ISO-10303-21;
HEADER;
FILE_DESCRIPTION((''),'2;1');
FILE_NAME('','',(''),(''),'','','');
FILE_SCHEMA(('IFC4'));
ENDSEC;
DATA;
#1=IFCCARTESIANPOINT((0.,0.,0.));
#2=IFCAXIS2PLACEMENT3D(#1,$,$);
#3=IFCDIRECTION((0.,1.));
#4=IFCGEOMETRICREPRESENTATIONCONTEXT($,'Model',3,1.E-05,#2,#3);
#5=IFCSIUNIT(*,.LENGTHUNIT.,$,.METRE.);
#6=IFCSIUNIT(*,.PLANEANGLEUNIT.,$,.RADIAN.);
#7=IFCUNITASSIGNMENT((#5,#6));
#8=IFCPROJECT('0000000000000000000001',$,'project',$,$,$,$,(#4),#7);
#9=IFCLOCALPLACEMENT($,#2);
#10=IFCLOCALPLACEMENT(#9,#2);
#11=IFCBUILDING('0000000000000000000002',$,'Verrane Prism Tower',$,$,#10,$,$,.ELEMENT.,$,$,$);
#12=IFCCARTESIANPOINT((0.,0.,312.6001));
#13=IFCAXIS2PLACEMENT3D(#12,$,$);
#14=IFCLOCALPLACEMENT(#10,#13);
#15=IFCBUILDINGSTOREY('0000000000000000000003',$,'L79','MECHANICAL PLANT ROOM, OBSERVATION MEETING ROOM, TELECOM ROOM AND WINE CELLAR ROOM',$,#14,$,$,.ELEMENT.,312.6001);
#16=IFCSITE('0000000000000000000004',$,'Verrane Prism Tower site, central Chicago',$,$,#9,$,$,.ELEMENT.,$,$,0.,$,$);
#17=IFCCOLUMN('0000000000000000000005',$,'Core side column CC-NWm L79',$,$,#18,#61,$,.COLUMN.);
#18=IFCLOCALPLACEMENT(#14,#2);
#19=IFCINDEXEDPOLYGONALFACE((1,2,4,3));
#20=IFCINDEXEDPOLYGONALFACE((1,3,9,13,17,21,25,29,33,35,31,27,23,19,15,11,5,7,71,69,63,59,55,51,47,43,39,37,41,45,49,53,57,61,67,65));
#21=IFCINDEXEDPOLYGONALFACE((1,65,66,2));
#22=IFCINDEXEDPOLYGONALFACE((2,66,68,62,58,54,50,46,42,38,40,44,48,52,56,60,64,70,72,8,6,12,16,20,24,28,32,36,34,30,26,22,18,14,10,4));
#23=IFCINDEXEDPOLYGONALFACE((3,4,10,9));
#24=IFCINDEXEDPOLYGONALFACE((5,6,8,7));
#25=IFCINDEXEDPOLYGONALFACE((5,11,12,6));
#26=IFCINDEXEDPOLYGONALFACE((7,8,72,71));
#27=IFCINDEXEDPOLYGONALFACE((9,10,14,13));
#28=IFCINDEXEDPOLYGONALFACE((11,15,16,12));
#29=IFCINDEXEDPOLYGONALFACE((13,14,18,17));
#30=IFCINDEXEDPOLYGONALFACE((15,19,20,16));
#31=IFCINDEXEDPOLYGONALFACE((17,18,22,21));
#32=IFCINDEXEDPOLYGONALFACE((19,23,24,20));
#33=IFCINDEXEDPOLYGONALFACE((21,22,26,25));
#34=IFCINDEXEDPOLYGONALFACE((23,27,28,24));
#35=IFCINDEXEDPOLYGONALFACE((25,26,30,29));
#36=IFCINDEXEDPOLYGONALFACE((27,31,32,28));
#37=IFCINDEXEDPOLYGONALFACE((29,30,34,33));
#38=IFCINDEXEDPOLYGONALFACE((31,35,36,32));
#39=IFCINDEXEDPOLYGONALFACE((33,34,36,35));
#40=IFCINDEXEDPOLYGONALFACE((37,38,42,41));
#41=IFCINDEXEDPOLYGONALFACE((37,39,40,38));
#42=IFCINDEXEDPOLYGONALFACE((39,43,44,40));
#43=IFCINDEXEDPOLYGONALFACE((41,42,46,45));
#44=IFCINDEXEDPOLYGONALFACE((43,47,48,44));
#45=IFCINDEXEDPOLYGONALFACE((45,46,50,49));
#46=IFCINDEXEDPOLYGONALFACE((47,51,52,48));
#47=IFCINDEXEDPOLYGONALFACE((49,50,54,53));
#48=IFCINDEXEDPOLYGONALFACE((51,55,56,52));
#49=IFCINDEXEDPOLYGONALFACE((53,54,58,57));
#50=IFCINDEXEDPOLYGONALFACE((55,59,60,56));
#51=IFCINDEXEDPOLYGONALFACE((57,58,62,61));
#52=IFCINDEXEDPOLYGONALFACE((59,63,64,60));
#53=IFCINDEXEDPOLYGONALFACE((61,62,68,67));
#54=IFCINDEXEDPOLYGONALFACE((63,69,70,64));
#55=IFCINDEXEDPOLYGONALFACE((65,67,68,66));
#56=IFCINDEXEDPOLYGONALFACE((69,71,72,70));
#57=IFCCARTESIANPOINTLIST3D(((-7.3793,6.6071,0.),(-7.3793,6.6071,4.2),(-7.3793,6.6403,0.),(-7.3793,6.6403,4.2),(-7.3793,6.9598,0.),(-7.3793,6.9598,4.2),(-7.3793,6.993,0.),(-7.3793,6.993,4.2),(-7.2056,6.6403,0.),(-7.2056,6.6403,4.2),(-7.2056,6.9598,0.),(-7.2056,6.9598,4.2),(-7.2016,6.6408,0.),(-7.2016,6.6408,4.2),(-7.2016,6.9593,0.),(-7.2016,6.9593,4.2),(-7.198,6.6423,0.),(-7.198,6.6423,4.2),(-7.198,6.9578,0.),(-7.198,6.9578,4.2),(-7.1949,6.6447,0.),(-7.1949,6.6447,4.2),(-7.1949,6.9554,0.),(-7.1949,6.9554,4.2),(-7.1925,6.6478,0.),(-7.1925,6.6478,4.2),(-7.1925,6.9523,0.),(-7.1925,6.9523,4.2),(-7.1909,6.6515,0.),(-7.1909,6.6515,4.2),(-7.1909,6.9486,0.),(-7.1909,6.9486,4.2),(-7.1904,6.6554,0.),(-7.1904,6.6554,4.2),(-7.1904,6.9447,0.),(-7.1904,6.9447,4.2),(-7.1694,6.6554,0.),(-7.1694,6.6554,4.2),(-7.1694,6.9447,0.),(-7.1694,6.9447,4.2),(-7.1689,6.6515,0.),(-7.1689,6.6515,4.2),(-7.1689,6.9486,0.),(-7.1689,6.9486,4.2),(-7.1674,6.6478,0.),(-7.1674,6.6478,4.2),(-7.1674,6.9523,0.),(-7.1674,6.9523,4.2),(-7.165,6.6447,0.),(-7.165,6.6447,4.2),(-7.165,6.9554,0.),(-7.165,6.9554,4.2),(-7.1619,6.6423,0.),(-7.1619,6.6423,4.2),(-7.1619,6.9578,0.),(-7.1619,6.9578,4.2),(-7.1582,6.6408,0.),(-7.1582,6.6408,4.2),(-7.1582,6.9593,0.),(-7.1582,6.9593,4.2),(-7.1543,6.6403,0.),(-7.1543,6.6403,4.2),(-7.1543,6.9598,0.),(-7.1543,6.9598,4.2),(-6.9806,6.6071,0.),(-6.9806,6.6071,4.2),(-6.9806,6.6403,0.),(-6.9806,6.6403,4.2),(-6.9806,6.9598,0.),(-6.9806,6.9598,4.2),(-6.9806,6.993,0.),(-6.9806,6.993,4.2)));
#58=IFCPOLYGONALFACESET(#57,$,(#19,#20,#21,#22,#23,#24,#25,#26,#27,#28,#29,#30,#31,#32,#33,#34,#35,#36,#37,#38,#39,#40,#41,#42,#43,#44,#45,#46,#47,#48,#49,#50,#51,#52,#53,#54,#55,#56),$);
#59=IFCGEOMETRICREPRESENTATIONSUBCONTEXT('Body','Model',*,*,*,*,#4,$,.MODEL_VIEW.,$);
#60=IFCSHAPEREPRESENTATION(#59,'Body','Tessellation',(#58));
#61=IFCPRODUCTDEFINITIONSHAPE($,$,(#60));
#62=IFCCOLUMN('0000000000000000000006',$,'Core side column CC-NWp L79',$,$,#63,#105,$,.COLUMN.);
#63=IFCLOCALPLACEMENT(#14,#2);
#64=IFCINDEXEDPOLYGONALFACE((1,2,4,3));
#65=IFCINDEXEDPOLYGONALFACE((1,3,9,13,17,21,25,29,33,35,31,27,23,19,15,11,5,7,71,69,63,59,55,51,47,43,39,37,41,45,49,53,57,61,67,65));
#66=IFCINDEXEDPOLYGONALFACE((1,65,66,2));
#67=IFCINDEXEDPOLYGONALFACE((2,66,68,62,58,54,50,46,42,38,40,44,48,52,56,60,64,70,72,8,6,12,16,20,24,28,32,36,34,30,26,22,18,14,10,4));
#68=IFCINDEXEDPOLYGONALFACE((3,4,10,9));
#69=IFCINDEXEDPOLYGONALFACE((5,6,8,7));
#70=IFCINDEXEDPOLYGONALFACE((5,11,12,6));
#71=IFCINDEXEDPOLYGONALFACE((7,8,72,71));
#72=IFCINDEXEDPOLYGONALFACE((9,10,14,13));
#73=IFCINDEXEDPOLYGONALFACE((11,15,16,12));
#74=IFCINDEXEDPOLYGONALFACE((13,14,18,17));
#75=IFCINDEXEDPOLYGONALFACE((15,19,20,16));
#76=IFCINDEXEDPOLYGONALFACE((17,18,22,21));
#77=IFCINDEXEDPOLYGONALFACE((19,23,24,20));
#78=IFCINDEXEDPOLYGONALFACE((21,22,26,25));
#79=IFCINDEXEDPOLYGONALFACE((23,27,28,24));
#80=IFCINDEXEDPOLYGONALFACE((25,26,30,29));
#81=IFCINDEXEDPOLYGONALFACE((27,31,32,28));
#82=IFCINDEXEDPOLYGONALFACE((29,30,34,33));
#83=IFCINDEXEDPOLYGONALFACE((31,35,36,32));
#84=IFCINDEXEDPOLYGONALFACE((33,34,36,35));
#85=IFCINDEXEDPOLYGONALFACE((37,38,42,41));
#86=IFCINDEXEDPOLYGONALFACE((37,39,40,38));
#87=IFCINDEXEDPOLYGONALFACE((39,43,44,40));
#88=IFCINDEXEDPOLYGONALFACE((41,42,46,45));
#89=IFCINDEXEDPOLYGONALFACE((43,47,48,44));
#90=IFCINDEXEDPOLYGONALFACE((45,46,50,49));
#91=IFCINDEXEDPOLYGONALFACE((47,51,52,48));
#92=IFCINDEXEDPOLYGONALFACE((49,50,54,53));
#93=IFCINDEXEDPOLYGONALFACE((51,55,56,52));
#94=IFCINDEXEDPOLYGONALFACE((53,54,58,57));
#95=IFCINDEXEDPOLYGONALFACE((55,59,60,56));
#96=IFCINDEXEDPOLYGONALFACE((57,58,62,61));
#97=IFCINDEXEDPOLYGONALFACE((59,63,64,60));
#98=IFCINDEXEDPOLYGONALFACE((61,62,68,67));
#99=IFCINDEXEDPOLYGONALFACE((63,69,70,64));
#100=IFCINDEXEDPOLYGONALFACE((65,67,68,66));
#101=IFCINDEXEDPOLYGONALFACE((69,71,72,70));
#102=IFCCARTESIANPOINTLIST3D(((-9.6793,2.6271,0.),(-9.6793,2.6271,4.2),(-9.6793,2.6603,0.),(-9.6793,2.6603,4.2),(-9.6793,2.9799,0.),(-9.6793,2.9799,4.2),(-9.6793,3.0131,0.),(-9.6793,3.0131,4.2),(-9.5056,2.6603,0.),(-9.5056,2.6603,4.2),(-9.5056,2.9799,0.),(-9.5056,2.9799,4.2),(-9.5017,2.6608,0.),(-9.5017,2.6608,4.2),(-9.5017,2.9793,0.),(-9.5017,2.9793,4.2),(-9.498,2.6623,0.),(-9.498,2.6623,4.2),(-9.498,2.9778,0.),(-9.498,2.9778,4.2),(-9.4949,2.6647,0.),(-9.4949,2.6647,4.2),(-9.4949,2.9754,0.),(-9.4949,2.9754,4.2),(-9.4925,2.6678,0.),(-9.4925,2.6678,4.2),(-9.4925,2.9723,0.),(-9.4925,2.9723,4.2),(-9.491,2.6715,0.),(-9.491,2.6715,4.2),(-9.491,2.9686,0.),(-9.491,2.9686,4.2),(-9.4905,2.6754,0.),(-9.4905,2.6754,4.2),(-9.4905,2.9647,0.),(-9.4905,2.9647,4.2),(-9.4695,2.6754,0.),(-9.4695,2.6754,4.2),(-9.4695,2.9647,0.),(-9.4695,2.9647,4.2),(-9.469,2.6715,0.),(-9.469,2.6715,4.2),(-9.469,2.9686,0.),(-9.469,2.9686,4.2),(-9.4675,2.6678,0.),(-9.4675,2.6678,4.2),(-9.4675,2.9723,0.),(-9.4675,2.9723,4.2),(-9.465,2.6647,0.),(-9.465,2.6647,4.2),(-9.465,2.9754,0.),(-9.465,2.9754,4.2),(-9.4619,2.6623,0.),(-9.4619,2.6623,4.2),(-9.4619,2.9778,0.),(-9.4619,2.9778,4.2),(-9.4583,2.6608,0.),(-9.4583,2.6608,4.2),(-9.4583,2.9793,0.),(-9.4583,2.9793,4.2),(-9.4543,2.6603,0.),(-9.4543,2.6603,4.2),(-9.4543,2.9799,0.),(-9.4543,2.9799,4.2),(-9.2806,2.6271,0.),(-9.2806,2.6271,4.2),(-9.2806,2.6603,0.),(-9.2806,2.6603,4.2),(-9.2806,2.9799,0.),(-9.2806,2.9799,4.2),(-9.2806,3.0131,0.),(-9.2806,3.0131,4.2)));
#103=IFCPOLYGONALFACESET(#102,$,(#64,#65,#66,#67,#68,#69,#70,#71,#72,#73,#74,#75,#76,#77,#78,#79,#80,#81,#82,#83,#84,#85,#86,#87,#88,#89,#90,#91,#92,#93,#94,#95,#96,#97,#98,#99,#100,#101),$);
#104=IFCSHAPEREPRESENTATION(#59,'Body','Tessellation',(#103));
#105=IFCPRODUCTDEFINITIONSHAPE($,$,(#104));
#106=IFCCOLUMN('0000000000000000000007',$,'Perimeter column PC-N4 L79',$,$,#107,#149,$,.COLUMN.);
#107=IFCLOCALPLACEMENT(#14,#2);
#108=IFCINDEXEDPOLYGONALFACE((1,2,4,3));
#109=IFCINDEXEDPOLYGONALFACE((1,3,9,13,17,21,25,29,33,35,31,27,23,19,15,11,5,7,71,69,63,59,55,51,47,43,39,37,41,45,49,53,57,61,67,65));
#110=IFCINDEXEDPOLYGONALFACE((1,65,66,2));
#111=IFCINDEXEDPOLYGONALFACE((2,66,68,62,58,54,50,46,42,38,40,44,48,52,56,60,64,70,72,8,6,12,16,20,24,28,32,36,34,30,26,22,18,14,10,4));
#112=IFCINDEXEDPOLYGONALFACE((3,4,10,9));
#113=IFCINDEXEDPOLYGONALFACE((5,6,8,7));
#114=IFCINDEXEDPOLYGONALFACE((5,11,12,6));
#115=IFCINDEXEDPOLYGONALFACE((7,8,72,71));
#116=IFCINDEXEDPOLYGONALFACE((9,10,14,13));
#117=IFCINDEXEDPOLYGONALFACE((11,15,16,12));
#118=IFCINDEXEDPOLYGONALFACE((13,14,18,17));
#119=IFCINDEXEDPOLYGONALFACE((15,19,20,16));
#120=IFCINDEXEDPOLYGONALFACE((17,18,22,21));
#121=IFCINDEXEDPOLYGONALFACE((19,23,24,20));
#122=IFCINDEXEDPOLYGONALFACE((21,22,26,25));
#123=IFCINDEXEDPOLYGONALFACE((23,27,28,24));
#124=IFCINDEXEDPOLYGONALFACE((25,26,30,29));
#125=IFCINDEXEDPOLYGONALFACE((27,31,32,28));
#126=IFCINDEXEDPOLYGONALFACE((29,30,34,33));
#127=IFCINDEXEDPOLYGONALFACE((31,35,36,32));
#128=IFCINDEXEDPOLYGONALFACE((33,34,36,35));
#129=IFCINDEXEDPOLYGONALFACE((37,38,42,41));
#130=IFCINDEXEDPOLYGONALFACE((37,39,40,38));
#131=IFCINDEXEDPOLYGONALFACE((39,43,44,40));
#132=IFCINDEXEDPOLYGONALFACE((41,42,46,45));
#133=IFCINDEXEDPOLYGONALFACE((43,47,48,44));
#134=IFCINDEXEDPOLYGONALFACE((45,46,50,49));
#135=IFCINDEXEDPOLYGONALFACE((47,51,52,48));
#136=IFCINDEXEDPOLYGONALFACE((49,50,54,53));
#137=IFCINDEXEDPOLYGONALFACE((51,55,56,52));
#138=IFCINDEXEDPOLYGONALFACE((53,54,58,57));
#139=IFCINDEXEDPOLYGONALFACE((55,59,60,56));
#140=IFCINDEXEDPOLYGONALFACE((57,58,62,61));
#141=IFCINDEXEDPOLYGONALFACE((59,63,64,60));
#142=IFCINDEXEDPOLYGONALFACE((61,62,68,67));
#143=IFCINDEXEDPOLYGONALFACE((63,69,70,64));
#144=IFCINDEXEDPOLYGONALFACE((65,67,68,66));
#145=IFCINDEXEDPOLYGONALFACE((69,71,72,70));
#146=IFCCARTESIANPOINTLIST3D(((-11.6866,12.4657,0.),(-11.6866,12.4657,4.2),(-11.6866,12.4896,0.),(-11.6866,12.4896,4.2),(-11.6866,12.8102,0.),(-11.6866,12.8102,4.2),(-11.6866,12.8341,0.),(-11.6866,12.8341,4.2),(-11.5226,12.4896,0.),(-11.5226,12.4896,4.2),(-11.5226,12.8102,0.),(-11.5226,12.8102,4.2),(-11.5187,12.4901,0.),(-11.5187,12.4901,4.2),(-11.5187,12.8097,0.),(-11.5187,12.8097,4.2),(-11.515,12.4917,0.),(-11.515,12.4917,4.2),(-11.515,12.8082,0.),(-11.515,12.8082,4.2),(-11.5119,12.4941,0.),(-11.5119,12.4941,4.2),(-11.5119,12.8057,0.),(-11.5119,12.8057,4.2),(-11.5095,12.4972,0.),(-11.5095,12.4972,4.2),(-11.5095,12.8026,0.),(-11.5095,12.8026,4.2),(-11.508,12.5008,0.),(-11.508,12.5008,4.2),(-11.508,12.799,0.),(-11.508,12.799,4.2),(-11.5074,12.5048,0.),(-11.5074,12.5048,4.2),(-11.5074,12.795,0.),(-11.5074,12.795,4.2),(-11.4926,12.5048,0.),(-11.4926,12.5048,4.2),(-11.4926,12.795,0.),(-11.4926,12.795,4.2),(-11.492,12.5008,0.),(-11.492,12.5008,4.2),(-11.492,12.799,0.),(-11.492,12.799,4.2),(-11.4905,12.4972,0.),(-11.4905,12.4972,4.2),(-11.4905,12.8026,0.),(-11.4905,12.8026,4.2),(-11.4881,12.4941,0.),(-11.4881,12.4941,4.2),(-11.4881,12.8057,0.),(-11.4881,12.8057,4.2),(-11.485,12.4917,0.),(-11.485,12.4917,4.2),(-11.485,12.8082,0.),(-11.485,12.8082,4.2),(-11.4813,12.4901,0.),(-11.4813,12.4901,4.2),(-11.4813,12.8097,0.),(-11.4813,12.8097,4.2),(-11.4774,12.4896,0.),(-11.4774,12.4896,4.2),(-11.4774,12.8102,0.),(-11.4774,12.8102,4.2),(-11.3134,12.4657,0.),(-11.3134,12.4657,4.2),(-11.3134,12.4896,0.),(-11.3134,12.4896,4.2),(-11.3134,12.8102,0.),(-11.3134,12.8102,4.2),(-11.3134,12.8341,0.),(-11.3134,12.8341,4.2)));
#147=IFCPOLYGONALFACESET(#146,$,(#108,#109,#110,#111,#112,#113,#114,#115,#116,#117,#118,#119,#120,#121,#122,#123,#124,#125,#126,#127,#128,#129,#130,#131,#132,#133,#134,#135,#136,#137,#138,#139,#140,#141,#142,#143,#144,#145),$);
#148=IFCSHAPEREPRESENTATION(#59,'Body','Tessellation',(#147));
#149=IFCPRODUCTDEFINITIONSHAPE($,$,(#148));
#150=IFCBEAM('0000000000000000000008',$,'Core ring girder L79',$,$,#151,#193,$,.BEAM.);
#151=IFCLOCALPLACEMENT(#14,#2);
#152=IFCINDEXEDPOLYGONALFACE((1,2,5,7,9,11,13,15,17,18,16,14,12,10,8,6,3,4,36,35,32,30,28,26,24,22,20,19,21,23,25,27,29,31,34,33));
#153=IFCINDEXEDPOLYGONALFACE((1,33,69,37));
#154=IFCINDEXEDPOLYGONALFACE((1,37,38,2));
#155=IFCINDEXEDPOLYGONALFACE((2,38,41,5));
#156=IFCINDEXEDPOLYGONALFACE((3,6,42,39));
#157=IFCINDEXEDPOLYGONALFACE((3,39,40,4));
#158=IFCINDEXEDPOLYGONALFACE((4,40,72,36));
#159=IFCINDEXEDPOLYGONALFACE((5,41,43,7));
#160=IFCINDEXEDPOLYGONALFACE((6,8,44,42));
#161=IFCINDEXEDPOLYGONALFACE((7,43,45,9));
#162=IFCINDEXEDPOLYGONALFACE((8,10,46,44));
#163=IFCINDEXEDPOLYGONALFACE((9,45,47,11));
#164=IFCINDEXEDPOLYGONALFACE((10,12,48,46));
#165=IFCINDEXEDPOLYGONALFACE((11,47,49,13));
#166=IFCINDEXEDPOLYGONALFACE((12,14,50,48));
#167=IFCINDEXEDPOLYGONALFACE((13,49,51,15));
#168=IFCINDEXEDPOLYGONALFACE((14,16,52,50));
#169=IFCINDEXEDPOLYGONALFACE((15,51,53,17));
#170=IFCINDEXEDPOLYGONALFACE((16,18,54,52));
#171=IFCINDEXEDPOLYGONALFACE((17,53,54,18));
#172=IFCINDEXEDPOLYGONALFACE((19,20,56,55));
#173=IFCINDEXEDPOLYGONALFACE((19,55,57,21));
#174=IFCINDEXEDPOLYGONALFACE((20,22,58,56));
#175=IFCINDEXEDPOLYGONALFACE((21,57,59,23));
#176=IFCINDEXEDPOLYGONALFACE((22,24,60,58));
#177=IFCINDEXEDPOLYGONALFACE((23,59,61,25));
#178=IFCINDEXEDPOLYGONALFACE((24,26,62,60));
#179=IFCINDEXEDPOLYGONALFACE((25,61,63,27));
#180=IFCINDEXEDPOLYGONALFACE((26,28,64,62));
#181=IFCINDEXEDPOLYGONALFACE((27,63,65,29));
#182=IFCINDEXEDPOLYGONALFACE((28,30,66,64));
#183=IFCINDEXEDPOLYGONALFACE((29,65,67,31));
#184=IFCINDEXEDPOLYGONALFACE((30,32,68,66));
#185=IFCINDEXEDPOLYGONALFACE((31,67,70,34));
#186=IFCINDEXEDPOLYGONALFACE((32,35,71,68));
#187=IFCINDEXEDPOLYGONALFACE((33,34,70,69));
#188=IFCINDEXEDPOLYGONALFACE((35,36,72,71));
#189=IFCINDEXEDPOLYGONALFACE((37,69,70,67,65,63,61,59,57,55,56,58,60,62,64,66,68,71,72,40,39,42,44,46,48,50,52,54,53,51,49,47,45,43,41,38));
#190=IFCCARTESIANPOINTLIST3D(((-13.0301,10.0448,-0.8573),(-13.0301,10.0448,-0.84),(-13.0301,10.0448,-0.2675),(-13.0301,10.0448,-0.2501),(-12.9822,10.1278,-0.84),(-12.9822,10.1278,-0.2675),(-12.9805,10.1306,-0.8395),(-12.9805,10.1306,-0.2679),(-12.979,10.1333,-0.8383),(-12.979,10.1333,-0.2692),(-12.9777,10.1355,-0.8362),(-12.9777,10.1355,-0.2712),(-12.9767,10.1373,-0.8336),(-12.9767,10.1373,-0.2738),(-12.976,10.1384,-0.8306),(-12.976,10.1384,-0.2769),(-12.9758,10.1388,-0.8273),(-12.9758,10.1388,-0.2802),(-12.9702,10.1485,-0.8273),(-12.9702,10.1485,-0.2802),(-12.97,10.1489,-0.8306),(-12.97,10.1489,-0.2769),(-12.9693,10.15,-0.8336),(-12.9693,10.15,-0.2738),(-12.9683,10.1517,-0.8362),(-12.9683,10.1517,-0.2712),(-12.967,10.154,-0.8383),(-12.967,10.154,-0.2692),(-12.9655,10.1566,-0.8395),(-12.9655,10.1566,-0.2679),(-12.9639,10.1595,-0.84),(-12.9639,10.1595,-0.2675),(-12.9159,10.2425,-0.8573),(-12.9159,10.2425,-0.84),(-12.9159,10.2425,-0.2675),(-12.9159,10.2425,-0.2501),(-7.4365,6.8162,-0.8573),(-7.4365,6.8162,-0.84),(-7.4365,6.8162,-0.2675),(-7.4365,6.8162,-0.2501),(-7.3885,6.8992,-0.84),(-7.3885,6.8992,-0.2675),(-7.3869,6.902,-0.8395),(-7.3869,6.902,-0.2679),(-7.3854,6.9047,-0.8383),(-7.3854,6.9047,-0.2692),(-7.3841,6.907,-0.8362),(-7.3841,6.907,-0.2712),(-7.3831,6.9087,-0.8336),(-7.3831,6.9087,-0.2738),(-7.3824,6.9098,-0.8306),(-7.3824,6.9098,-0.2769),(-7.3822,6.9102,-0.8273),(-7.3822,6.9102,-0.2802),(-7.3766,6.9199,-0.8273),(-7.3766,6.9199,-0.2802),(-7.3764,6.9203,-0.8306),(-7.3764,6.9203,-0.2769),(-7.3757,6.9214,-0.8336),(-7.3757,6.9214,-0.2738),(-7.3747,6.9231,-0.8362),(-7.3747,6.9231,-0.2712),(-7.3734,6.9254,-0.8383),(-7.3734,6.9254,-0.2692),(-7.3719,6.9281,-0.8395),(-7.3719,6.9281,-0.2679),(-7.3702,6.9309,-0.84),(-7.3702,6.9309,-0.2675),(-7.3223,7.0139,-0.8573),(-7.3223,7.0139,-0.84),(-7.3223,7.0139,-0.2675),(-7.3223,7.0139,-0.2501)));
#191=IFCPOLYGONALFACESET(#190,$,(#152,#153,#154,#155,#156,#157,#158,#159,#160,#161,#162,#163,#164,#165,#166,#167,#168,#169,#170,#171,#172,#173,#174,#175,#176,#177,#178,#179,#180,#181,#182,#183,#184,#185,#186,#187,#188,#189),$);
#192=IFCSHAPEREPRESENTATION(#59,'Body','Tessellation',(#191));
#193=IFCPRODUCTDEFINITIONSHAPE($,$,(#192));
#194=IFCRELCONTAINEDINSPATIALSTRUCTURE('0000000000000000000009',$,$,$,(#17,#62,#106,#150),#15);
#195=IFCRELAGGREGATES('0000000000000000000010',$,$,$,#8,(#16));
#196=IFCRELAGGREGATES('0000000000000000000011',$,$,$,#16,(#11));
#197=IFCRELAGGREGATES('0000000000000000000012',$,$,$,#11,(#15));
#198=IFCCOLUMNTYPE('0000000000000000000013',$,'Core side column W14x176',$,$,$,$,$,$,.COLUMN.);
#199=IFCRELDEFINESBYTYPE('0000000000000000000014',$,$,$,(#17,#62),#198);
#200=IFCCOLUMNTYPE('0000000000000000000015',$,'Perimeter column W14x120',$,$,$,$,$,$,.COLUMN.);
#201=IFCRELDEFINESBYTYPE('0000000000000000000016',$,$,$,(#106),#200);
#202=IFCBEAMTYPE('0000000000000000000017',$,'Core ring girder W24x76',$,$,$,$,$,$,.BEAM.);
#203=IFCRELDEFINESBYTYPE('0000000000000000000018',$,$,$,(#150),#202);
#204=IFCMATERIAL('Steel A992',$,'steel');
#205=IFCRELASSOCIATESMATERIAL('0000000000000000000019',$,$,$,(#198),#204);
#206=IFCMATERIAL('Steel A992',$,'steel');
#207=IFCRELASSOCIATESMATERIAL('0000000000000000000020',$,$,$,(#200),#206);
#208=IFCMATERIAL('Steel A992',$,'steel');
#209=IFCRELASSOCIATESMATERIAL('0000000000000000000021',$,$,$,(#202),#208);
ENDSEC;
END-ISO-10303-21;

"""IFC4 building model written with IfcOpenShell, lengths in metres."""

from ifc_helpers import new_model, si_unit, direction, frame, origin, origin_2d, place, context, subcontext, project, spatial, i_section, extrude, material, material_profile, profile_set, type_object, element, save


model = new_model("IFC4")

# Units and contexts
model_context = context("Model", 3, precision=1e-05, world=origin(), true_north=direction((0.0, 1.0)))
body_context = subcontext(model_context, "Body", "Model", "MODEL_VIEW")
ifc_project = project(units=[si_unit("LENGTHUNIT", "METRE"), si_unit("PLANEANGLEUNIT", "RADIAN")], contexts=[model_context])

# Site, building, storey
site_placement = place(None, origin())
site = spatial("IfcSite", under=ifc_project, at=site_placement, Name="Verrane Prism Tower site, central Chicago", CompositionType="ELEMENT", RefElevation=0.0)
building_placement = place(site_placement, origin())
building = spatial("IfcBuilding", under=site, at=building_placement, Name="Verrane Prism Tower", CompositionType="ELEMENT")
storey_placement = place(building_placement, frame((0.0, 0.0, 312.6001)))
storey = spatial("IfcBuildingStorey", under=building, at=storey_placement, Name="L79", Description="MECHANICAL PLANT ROOM, OBSERVATION MEETING ROOM, TELECOM ROOM AND WINE CELLAR ROOM", CompositionType="ELEMENT", Elevation=312.6001)

# Columns
ifc_material_1 = material(Name="Steel A992", Category="steel")
ifc_material_profile_1 = material_profile(ifc_material_1, i_section(OverallWidth=0.3987, OverallDepth=0.386, WebThickness=0.021, FlangeThickness=0.0332, FilletRadius=0.0151, at=origin_2d()), Name="W14x176")
ifc_profile_set_1 = profile_set([ifc_material_profile_1], Name="Steel A992")
column_type_1 = type_object("IfcColumnType", Name="Core side column W14x176", PredefinedType="COLUMN", material=ifc_profile_set_1)
for number, where, z_axis, x_axis, name in (
    (1, (-7.1799, 6.8, 0.0), (0.0, 0.0, 1.0), (1.0, 0.0, 0.0), "Core side column CC-NWm L79"),
    (2, (-9.48, 2.8201, 0.0), (0.0, 0.0, 1.0), (1.0, 0.0, 0.0), "Core side column CC-NWp L79"),
):
    element("IfcColumn", number, at=place(storey_placement, frame(where, z_axis=z_axis, x_axis=x_axis)), inside=storey, type_object=column_type_1, Name=name, PredefinedType="COLUMN", context=body_context, shape_type="SweptSolid", body=[
        extrude(i_section(OverallWidth=0.3987, OverallDepth=0.386, WebThickness=0.021, FlangeThickness=0.0332, FilletRadius=0.0151, at=origin_2d()), origin(), (0.0, 0.0, 1.0), 4.2),
    ])
ifc_material_2 = material(Name="Steel A992", Category="steel")
ifc_material_profile_2 = material_profile(ifc_material_2, i_section(OverallWidth=0.3733, OverallDepth=0.3684, WebThickness=0.0149, FlangeThickness=0.0239, FilletRadius=0.0151, at=origin_2d()), Name="W14x120")
ifc_profile_set_2 = profile_set([ifc_material_profile_2], Name="Steel A992")
column_type_2 = type_object("IfcColumnType", Name="Perimeter column W14x120", PredefinedType="COLUMN", material=ifc_profile_set_2)
column_placement = place(storey_placement, frame((-11.5, 12.6499, 0.0), z_axis=(0.0, 0.0, 1.0), x_axis=(1.0, 0.0, 0.0)))
element("IfcColumn", 3, at=column_placement, inside=storey, type_object=column_type_2, Name="Perimeter column PC-N4 L79", PredefinedType="COLUMN", context=body_context, shape_type="SweptSolid", body=[
    extrude(i_section(OverallWidth=0.3733, OverallDepth=0.3684, WebThickness=0.0149, FlangeThickness=0.0239, FilletRadius=0.0151, at=origin_2d()), origin(), (0.0, 0.0, 1.0), 4.2),
])

# Beam
ifc_material_3 = material(Name="Steel A992", Category="steel")
ifc_material_profile_3 = material_profile(ifc_material_3, i_section(OverallWidth=0.2283, OverallDepth=0.6072, WebThickness=0.0112, FlangeThickness=0.0173, FilletRadius=0.0127, at=origin_2d()), Name="W24x76")
ifc_profile_set_3 = profile_set([ifc_material_profile_3], Name="Steel A992")
beam_type_1 = type_object("IfcBeamType", Name="Core ring girder W24x76", PredefinedType="BEAM", material=ifc_profile_set_3)
beam_1_placement = place(storey_placement, frame((-7.3794, 6.915, -0.5537), z_axis=(-0.866086, 0.499896, 0.0), x_axis=(-0.499896, -0.866086, 0.0)))
element("IfcBeam", 4, at=beam_1_placement, inside=storey, type_object=beam_type_1, Name="Core ring girder L79", PredefinedType="BEAM", context=body_context, shape_type="SweptSolid", body=[
    extrude(i_section(OverallWidth=0.2283, OverallDepth=0.6072, WebThickness=0.0112, FlangeThickness=0.0173, FilletRadius=0.0127, at=origin_2d()), origin(), (0.0, 0.0, 1.0), 6.4585),
])

save(model, "model.ifc")
